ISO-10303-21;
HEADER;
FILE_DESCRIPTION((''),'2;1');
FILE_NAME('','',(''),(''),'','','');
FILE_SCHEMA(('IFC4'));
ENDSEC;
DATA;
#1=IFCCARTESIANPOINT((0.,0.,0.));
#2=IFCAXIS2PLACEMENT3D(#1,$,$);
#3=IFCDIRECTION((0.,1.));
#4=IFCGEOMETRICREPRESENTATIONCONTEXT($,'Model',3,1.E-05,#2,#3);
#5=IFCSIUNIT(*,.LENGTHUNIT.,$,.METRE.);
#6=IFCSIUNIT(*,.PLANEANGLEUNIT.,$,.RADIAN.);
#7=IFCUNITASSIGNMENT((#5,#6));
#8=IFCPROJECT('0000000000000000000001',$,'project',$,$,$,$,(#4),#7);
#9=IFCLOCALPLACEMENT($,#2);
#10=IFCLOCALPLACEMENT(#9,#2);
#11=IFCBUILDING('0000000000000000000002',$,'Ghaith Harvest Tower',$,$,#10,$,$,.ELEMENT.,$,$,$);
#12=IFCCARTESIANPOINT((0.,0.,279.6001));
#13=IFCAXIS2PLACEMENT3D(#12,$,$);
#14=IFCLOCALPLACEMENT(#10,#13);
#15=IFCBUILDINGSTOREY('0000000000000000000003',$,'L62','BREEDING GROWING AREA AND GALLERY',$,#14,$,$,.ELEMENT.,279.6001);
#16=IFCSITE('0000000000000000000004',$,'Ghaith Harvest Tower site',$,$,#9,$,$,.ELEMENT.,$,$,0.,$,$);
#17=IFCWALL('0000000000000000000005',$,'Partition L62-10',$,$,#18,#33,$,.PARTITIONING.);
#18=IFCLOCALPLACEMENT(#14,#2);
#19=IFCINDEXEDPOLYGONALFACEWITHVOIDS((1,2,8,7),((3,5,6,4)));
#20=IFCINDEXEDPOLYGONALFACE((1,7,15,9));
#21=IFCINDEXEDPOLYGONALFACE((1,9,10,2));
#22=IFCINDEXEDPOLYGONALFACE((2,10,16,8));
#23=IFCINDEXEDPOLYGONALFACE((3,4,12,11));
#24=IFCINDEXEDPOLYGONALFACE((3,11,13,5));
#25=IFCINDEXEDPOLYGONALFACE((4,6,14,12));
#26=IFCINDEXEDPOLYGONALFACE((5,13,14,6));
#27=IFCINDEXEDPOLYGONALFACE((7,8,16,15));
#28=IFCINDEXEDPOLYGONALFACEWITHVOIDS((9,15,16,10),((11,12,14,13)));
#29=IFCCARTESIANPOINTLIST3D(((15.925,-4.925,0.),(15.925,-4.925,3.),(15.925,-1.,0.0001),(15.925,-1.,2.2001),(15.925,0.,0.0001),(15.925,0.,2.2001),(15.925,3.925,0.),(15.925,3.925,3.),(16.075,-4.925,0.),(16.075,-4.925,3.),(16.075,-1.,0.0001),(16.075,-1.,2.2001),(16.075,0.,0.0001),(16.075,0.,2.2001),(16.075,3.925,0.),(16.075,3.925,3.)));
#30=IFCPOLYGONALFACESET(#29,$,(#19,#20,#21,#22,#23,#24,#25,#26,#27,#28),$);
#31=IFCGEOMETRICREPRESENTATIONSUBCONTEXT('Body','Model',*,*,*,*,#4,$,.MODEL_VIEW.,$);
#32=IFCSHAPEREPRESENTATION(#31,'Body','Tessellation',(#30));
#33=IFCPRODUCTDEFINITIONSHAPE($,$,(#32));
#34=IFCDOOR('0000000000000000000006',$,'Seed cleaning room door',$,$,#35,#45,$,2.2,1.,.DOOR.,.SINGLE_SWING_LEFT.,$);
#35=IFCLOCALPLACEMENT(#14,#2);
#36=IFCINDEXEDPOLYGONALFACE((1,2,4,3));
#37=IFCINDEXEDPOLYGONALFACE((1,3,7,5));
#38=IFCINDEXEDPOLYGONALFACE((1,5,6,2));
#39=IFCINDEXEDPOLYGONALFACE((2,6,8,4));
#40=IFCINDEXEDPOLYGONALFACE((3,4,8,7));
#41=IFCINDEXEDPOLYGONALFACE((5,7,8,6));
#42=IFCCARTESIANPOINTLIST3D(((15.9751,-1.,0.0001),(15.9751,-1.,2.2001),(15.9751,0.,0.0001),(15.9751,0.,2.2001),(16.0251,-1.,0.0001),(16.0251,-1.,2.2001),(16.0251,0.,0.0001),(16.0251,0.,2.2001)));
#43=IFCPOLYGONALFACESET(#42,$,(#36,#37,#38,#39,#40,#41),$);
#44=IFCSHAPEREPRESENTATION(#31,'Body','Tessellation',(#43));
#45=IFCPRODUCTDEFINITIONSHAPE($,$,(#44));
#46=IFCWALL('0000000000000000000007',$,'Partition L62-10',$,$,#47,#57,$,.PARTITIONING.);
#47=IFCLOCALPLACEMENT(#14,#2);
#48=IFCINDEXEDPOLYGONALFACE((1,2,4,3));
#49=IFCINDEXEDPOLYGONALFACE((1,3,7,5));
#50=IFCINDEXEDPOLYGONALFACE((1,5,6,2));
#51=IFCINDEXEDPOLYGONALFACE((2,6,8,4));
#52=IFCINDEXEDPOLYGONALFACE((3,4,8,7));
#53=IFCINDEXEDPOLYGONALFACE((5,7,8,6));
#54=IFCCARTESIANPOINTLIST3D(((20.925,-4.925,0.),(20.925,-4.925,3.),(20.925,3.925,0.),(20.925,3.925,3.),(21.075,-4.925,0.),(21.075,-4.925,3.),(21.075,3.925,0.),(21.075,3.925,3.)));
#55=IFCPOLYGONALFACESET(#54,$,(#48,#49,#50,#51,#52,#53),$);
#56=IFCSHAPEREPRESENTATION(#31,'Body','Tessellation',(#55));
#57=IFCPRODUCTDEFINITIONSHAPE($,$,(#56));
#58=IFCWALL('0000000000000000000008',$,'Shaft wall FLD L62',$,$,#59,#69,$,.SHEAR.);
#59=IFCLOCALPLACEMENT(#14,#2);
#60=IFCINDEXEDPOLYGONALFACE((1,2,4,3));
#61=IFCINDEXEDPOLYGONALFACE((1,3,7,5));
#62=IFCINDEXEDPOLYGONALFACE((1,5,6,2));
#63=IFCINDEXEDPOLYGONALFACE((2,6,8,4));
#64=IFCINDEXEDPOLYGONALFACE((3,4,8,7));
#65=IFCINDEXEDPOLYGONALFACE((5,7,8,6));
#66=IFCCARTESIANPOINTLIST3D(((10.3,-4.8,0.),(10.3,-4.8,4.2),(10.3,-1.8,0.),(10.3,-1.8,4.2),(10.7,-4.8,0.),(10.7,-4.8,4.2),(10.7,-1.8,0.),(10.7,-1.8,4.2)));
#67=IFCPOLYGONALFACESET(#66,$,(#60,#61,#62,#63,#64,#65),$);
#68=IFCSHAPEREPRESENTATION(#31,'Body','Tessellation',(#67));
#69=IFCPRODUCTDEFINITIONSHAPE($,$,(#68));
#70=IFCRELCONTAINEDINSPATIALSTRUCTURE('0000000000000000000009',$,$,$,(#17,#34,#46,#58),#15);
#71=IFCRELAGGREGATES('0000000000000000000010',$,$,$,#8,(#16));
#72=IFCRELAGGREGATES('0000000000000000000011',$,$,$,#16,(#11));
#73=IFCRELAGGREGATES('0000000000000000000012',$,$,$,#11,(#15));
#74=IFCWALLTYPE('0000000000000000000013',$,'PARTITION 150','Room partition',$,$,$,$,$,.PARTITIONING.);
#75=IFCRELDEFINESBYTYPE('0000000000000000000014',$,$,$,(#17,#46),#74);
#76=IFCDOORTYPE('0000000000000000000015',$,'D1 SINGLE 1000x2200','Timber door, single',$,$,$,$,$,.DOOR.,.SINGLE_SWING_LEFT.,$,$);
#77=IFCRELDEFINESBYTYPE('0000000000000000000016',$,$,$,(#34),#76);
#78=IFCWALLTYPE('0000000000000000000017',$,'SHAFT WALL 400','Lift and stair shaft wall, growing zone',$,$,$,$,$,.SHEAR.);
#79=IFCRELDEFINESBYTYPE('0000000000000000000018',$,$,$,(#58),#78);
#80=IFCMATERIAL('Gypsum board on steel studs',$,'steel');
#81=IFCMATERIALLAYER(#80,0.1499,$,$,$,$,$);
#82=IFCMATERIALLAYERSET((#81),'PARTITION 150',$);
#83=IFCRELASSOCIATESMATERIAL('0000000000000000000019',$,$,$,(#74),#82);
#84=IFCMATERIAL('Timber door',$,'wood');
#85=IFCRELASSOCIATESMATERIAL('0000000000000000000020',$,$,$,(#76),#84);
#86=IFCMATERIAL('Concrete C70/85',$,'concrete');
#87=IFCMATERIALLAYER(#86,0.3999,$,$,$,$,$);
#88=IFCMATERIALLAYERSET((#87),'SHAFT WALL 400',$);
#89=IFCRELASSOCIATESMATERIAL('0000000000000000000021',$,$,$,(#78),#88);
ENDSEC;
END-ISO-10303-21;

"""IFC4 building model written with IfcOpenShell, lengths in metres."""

from ifc_helpers import new_model, si_unit, direction, frame, frame_2d, origin, place, context, subcontext, project, spatial, rectangle, extrude, material, layer, layer_set, type_object, element, fill, save


model = new_model("IFC4")

# Units and contexts
model_context = context("Model", 3, precision=1e-05, world=origin(), true_north=direction((0.0, 1.0)))
body_context = subcontext(model_context, "Body", "Model", "MODEL_VIEW")
ifc_project = project(units=[si_unit("LENGTHUNIT", "METRE"), si_unit("PLANEANGLEUNIT", "RADIAN")], contexts=[model_context])

# Site, building, storey
site_placement = place(None, origin())
site = spatial("IfcSite", under=ifc_project, at=site_placement, Name="Ghaith Harvest Tower site", CompositionType="ELEMENT", RefElevation=0.0)
building_placement = place(site_placement, origin())
building = spatial("IfcBuilding", under=site, at=building_placement, Name="Ghaith Harvest Tower", CompositionType="ELEMENT")
storey_placement = place(building_placement, frame((0.0, 0.0, 279.6001)))
storey = spatial("IfcBuildingStorey", under=building, at=storey_placement, Name="L62", Description="BREEDING GROWING AREA AND GALLERY", CompositionType="ELEMENT", Elevation=279.6001)

# Shared definitions
ifc_material_1 = material(Name="Gypsum board on steel studs", Category="steel")
ifc_layer_1 = layer(ifc_material_1, 0.1499)
ifc_layer_set_1 = layer_set([ifc_layer_1], Name="PARTITION 150")
wall_type_1 = type_object("IfcWallType", Name="PARTITION 150", Description="Room partition", PredefinedType="PARTITIONING", material=ifc_layer_set_1)

# Wall, opening, door
wall_1_placement = place(storey_placement, frame((16.0, -4.925, 0.0), z_axis=(0.0, 0.0, 1.0), x_axis=(0.0, 1.0, 0.0)))
wall_1 = element("IfcWall", 1, at=wall_1_placement, inside=storey, type_object=wall_type_1, Name="Partition L62-10", PredefinedType="PARTITIONING", context=body_context, shape_type="SweptSolid", body=[
    extrude(rectangle(XDim=8.8501, YDim=0.1499, at=frame_2d((4.425, 0.0))), origin(), (0.0, 0.0, 1.0), 3.0),
])
opening_1_placement = place(wall_1_placement, frame((3.925, 0.0, 0.0)))
opening_1 = element("IfcOpeningElement", 2, at=opening_1_placement, cuts=wall_1, PredefinedType="OPENING", context=body_context, shape_type="SweptSolid", body=[
    extrude(rectangle(XDim=1.0, YDim=2.2, at=frame_2d((0.5, 1.1001))), frame((0.0, 0.085, 0.0), z_axis=(0.0, -1.0, 0.0), x_axis=(1.0, 0.0, 0.0)), (0.0, 0.0, 1.0), 0.1699),
])
ifc_material_2 = material(Name="Timber door", Category="wood")
door_type_1 = type_object("IfcDoorType", Name="D1 SINGLE 1000x2200", Description="Timber door, single", OperationType="SINGLE_SWING_LEFT", PredefinedType="DOOR", material=ifc_material_2)
door_1_placement = place(opening_1_placement, origin())
door_1 = element("IfcDoor", 3, at=door_1_placement, inside=storey, type_object=door_type_1, Name="Seed cleaning room door", OperationType="SINGLE_SWING_LEFT", OverallHeight=2.2, OverallWidth=1.0, PredefinedType="DOOR", context=body_context, shape_type="SweptSolid", body=[
    extrude(rectangle(XDim=1.0, YDim=2.2, at=frame_2d((0.5, 1.1001))), frame((0.0, 0.0249, 0.0), z_axis=(0.0, -1.0, 0.0), x_axis=(1.0, 0.0, 0.0)), (0.0, 0.0, 1.0), 0.05),
])
fill(opening_1, door_1)

# Walls
wall_2_placement = place(storey_placement, frame((21.0, -4.925, 0.0), z_axis=(0.0, 0.0, 1.0), x_axis=(0.0, 1.0, 0.0)))
element("IfcWall", 4, at=wall_2_placement, inside=storey, type_object=wall_type_1, Name="Partition L62-10", PredefinedType="PARTITIONING", context=body_context, shape_type="SweptSolid", body=[
    extrude(rectangle(XDim=8.8501, YDim=0.1499, at=frame_2d((4.425, 0.0))), origin(), (0.0, 0.0, 1.0), 3.0),
])
ifc_material_3 = material(Name="Concrete C70/85", Category="concrete")
ifc_layer_2 = layer(ifc_material_3, 0.3999)
ifc_layer_set_2 = layer_set([ifc_layer_2], Name="SHAFT WALL 400")
wall_type_2 = type_object("IfcWallType", Name="SHAFT WALL 400", Description="Lift and stair shaft wall, growing zone", PredefinedType="SHEAR", material=ifc_layer_set_2)
wall_3_placement = place(storey_placement, frame((10.5, -4.8, 0.0), z_axis=(0.0, 0.0, 1.0), x_axis=(0.0, 1.0, 0.0)))
element("IfcWall", 5, at=wall_3_placement, inside=storey, type_object=wall_type_2, Name="Shaft wall FLD L62", PredefinedType="SHEAR", context=body_context, shape_type="SweptSolid", body=[
    extrude(rectangle(XDim=3.0, YDim=0.3999, at=frame_2d((1.5, 0.0))), origin(), (0.0, 0.0, 1.0), 4.2),
])

save(model, "model.ifc")
